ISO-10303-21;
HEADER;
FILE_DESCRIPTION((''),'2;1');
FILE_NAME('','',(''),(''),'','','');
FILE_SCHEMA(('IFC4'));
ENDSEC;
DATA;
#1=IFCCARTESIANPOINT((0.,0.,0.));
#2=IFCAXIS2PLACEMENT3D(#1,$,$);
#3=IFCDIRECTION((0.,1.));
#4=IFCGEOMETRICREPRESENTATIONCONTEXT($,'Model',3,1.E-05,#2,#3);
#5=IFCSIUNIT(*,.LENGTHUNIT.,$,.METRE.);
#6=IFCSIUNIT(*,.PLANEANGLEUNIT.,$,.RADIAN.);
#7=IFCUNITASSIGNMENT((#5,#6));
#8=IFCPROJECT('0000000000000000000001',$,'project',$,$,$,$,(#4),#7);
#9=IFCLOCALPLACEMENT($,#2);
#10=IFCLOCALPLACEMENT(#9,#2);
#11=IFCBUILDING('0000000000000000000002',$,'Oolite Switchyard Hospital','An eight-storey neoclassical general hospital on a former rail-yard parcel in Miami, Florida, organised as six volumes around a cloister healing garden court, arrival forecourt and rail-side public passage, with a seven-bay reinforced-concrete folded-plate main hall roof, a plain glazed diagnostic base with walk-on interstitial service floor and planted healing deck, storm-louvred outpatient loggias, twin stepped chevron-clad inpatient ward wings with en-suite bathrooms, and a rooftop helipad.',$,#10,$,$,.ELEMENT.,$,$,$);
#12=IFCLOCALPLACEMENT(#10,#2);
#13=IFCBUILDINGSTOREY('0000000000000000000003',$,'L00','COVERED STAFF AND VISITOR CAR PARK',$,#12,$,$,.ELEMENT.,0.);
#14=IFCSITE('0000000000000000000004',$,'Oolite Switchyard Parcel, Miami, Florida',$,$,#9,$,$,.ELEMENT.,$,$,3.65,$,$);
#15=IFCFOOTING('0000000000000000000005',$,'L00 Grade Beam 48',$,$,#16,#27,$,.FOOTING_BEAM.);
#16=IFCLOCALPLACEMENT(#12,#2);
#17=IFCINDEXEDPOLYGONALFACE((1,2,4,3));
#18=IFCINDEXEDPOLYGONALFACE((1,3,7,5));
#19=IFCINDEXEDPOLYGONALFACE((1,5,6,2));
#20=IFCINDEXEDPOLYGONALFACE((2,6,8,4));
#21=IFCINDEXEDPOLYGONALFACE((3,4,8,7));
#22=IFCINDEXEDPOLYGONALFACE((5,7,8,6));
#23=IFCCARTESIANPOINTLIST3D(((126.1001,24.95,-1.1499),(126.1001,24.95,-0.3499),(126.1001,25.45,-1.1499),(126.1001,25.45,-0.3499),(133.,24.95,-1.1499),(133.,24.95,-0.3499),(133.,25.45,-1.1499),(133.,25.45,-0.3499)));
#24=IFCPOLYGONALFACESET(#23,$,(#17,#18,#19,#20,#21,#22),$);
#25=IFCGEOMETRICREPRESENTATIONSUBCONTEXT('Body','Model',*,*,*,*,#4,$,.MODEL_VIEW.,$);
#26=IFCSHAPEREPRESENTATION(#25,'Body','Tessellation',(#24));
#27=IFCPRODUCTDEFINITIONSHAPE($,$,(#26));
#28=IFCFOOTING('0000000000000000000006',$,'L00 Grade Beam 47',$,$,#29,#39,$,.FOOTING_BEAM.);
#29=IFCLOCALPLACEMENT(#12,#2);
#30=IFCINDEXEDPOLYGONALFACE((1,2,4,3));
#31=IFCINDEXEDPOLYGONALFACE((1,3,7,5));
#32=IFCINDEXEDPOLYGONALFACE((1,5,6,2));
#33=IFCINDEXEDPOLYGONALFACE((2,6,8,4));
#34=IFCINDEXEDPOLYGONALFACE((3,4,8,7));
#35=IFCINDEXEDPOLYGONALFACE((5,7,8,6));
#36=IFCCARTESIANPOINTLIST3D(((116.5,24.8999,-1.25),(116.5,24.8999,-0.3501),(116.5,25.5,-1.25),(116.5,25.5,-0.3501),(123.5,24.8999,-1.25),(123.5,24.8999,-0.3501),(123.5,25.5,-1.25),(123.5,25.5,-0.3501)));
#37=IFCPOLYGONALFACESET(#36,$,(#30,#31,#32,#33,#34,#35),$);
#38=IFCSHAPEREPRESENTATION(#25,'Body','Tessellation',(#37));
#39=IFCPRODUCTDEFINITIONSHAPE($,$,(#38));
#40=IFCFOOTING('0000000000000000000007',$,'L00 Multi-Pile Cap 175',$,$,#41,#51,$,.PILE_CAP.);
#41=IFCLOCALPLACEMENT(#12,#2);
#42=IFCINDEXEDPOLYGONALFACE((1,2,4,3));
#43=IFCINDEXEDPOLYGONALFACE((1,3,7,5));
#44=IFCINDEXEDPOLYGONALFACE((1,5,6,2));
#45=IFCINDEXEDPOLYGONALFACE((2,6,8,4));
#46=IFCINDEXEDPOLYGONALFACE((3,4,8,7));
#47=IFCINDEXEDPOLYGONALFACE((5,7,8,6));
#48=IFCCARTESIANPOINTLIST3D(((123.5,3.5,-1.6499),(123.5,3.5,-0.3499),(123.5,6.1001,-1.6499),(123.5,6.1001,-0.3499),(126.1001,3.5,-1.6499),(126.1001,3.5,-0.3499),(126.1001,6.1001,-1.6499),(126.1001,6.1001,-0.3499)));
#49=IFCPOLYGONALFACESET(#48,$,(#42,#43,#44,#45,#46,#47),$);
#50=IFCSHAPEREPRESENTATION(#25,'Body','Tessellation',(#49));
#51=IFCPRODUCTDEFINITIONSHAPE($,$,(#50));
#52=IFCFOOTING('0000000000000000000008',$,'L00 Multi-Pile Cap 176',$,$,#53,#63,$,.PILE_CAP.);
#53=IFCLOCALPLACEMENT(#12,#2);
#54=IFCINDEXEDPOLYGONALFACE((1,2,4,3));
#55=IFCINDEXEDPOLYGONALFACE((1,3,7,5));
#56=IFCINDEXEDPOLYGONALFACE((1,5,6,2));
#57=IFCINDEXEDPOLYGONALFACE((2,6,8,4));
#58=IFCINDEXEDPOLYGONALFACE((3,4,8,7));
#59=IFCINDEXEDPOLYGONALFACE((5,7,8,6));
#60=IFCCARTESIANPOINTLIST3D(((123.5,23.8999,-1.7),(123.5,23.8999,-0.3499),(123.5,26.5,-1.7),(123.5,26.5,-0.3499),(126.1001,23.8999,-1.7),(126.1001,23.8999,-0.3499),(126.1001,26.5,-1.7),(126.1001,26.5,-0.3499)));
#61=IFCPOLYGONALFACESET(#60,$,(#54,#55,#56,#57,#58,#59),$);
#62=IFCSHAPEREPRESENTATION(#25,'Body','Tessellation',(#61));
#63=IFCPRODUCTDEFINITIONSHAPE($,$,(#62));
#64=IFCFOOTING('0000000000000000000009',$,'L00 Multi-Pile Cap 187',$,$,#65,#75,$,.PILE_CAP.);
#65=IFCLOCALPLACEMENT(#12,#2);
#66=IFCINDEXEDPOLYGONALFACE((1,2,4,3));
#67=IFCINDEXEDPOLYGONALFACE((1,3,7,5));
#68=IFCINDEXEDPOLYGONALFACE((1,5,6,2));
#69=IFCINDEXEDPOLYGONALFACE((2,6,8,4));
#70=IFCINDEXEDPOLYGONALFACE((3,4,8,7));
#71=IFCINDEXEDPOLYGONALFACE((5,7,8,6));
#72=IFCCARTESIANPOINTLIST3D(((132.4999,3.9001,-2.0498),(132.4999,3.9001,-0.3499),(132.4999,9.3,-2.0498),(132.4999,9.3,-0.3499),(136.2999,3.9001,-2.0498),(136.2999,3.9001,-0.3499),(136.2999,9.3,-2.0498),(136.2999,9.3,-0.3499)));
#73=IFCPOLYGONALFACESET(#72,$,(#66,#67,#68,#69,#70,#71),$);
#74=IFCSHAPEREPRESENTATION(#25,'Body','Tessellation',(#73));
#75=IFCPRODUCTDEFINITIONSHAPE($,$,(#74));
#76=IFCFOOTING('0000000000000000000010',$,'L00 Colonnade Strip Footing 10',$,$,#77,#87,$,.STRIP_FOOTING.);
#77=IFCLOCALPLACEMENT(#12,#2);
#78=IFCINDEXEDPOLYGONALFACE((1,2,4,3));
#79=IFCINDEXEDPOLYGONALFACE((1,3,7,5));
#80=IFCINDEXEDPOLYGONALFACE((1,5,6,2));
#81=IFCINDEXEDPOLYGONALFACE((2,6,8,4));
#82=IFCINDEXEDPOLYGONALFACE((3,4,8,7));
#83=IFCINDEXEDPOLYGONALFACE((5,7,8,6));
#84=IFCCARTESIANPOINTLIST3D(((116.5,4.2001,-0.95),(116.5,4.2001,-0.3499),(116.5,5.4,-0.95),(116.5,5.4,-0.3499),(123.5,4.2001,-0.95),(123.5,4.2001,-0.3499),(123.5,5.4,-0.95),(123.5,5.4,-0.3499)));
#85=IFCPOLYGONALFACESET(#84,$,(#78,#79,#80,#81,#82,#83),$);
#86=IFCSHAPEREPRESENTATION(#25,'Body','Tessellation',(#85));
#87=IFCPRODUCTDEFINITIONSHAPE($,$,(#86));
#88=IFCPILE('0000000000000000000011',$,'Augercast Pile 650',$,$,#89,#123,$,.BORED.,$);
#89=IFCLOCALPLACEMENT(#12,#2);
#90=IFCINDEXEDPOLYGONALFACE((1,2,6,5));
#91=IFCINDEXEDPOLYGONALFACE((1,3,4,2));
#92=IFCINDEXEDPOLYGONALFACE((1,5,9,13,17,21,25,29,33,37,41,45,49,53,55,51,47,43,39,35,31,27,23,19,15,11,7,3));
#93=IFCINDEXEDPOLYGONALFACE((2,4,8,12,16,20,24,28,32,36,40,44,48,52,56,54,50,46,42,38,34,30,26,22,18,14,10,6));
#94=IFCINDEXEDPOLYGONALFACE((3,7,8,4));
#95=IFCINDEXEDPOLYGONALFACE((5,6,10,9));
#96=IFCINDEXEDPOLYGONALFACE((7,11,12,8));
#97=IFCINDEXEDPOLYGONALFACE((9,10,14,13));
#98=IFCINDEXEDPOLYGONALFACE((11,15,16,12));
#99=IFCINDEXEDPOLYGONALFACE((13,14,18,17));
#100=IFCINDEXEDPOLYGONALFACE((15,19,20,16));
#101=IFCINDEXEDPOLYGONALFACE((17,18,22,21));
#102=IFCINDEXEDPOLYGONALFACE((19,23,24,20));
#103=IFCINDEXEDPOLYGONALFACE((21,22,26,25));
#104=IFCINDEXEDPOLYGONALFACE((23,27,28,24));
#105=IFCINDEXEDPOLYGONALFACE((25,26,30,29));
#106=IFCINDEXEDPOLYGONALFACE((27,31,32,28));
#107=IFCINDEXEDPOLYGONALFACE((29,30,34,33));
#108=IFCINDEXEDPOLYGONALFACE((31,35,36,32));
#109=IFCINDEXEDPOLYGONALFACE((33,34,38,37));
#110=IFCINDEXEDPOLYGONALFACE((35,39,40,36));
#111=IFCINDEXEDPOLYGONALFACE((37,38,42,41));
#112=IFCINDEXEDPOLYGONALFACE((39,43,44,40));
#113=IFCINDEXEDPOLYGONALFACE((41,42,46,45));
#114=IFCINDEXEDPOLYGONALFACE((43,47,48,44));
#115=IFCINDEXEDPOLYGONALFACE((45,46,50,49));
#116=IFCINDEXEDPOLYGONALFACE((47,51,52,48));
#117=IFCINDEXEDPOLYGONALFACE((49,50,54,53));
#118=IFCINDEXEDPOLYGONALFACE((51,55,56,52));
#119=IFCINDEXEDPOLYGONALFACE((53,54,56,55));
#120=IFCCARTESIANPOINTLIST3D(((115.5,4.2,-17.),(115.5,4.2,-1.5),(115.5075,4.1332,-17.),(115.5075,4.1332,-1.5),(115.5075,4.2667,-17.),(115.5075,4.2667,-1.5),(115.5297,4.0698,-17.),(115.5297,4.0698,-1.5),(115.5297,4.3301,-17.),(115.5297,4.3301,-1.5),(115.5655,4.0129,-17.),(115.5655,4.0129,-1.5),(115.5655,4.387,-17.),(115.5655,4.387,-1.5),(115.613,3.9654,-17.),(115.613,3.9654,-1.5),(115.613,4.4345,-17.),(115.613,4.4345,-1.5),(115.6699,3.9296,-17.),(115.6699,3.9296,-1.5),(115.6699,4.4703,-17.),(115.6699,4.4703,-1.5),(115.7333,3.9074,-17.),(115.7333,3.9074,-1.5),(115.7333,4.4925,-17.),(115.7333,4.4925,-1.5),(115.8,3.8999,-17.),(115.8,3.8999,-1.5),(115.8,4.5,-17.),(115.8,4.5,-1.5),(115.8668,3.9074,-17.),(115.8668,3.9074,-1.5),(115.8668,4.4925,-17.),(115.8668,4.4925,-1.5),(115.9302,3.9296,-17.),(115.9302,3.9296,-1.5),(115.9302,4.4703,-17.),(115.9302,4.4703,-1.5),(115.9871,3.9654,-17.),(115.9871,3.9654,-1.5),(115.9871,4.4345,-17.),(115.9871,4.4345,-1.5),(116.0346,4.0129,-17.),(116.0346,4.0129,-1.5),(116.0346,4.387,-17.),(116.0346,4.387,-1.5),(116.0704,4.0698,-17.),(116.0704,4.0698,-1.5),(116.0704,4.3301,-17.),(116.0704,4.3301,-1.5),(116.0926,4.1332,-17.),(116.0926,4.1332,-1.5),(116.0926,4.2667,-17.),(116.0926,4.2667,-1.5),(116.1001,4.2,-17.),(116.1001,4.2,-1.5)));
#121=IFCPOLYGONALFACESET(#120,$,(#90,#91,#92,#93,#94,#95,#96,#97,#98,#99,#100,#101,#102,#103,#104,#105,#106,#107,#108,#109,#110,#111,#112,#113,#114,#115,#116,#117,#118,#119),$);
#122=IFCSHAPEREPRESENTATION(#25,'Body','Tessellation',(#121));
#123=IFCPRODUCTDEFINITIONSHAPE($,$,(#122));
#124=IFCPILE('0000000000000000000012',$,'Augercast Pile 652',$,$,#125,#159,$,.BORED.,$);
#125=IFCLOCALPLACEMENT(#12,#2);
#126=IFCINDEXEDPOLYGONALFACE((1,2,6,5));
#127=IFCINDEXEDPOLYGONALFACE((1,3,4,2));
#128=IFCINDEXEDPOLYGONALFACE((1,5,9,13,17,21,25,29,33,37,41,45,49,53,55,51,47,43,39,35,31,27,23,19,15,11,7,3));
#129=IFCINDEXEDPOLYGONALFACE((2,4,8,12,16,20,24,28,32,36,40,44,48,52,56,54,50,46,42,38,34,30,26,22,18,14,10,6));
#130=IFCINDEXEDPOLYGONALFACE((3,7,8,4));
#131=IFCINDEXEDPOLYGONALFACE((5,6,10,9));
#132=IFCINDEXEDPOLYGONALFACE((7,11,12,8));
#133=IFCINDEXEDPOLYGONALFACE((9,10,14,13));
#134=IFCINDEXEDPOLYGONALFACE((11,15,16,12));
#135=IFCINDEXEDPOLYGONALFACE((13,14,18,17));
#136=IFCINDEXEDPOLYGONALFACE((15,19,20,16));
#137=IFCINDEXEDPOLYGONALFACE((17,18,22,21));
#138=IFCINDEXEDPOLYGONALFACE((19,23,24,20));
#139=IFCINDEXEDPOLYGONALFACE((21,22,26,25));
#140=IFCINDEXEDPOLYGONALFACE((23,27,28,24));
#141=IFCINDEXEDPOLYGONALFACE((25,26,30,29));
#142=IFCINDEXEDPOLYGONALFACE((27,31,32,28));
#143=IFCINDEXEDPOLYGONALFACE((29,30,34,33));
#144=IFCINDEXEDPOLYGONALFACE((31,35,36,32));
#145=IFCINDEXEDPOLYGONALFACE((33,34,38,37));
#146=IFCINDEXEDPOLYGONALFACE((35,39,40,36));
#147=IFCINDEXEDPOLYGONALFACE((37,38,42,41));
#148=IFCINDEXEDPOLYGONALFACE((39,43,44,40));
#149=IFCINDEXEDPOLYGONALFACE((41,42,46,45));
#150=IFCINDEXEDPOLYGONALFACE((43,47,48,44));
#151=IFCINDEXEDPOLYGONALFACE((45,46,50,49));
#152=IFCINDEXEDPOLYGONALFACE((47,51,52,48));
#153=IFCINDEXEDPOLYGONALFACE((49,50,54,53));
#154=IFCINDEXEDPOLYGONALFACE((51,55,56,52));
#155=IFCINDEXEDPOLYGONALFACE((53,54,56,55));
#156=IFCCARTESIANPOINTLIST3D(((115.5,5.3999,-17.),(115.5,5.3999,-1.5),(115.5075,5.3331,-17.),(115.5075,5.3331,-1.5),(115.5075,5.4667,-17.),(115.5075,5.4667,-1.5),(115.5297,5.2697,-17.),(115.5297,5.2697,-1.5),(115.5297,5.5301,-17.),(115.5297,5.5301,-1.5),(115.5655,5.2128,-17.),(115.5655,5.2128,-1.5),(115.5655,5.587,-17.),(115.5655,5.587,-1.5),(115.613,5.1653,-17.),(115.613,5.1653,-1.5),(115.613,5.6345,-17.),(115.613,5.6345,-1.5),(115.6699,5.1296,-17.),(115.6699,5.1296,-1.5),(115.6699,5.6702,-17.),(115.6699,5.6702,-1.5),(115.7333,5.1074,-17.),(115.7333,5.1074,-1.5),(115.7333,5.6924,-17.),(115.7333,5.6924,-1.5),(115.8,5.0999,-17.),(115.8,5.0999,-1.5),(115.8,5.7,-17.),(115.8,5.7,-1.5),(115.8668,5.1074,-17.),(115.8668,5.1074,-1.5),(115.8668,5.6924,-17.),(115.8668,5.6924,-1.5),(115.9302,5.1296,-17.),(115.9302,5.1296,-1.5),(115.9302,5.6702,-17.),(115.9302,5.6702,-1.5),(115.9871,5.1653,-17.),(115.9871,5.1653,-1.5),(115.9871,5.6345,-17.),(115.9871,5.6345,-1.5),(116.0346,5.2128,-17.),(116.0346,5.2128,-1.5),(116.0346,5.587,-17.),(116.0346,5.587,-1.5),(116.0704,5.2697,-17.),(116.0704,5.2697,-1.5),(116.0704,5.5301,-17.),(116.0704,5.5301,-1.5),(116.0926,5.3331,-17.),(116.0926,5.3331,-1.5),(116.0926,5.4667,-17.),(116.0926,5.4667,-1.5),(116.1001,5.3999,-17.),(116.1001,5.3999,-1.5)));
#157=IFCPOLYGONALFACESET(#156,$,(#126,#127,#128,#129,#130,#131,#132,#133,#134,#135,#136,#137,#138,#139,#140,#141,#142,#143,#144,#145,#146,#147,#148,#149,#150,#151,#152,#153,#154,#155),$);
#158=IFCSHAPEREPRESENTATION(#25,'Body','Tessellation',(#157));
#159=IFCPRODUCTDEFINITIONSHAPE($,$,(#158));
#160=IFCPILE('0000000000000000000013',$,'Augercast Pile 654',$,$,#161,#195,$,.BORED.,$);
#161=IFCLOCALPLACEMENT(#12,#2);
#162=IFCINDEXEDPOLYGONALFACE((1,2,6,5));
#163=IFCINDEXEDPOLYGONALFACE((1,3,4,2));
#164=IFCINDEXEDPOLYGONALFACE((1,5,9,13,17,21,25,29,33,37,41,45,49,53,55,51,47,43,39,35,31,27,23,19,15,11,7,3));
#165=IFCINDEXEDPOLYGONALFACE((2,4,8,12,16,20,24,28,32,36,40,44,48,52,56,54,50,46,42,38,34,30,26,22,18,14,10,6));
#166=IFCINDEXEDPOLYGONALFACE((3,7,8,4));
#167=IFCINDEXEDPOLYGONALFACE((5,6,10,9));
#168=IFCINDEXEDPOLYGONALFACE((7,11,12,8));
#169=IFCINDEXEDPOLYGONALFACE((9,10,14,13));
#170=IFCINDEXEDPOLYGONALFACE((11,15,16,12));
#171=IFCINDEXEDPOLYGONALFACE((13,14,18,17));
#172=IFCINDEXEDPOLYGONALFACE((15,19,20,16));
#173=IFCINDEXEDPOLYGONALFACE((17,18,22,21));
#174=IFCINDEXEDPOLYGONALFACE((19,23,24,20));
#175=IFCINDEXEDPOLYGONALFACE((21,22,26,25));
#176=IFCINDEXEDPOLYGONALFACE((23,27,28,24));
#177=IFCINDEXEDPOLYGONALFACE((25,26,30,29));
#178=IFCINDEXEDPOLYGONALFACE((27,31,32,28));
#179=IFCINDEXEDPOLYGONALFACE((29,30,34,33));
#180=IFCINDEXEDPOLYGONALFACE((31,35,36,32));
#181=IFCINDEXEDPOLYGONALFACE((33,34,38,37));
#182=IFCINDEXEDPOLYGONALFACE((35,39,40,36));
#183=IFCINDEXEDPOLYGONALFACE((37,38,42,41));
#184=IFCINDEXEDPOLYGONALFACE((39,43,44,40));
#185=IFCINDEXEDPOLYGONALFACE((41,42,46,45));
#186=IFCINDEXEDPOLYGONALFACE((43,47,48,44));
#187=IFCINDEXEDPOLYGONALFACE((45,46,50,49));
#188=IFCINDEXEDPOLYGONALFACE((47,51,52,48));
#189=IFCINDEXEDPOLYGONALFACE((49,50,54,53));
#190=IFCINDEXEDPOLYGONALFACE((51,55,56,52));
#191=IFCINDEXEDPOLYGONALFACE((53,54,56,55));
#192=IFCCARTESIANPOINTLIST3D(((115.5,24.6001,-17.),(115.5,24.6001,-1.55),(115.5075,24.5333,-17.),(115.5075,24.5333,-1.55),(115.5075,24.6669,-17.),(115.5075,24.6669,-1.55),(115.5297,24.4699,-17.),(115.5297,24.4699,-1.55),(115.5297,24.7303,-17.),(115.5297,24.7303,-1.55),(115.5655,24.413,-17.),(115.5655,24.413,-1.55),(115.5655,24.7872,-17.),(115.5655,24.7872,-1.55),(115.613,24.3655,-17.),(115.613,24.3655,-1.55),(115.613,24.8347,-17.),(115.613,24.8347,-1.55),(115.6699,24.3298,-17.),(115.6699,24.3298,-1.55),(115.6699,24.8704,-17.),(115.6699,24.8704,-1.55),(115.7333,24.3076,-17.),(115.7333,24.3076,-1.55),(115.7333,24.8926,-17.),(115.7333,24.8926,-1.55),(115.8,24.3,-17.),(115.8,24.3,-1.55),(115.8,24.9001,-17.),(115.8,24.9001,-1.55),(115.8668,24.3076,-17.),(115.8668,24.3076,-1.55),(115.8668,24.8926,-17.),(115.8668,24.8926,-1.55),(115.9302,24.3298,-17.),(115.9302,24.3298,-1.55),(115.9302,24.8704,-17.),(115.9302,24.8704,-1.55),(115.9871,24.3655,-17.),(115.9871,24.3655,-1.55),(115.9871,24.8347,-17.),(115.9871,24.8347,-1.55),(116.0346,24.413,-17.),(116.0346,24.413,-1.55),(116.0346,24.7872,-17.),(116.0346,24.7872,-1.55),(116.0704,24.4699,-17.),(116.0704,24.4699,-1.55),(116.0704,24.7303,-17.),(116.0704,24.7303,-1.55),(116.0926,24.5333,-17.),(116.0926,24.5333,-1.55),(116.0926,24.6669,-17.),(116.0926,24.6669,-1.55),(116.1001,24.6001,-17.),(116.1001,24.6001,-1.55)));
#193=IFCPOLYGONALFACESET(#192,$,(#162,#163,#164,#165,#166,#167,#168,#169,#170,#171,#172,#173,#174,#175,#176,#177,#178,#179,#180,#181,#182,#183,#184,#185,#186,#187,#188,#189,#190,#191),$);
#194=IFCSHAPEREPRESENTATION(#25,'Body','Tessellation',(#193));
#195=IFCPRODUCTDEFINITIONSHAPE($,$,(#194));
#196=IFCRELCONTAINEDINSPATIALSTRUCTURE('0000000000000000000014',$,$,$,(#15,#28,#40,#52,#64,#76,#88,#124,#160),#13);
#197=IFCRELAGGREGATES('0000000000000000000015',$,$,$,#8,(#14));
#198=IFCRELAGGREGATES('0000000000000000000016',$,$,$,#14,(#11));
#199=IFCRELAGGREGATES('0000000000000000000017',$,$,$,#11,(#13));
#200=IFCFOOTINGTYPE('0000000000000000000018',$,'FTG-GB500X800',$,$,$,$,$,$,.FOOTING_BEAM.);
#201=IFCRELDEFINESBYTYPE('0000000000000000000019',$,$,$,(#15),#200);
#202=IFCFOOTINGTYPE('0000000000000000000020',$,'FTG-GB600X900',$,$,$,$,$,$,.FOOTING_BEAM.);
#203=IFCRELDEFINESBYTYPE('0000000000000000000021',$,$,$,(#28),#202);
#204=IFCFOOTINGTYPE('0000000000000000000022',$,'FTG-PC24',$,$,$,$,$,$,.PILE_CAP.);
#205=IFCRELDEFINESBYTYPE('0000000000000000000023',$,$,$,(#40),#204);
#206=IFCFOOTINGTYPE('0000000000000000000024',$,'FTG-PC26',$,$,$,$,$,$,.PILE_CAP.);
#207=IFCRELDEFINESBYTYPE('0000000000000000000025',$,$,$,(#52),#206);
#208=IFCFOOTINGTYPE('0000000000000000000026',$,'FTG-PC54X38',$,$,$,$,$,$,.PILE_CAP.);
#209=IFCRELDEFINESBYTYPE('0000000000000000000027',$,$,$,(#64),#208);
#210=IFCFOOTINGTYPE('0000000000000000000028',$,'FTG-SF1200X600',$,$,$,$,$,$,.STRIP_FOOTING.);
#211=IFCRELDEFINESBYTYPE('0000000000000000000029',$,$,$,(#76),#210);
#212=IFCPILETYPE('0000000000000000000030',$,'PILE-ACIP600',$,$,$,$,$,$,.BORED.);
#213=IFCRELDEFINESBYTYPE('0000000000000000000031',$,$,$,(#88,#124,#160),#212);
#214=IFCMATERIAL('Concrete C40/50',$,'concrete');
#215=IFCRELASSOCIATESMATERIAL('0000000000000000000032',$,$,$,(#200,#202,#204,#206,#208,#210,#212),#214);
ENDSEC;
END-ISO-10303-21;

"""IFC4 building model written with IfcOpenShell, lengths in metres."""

from ifc_helpers import new_model, si_unit, direction, frame, origin, origin_2d, place, context, subcontext, project, spatial, rectangle, circle, extrude, material, material_profile, profile_set, type_object, element, save


model = new_model("IFC4")

# Units and contexts
model_context = context("Model", 3, precision=1e-05, world=origin(), true_north=direction((0.0, 1.0)))
body_context = subcontext(model_context, "Body", "Model", "MODEL_VIEW")
ifc_project = project(units=[si_unit("LENGTHUNIT", "METRE"), si_unit("PLANEANGLEUNIT", "RADIAN")], contexts=[model_context])

# Site, building, storey
site_placement = place(None, origin())
site = spatial("IfcSite", under=ifc_project, at=site_placement, Name="Oolite Switchyard Parcel, Miami, Florida", CompositionType="ELEMENT", RefElevation=3.65)
building_placement = place(site_placement, origin())
building = spatial("IfcBuilding", under=site, at=building_placement, Name="Oolite Switchyard Hospital", Description="An eight-storey neoclassical general hospital on a former rail-yard parcel in Miami, Florida, organised as six volumes around a cloister healing garden court, arrival forecourt and rail-side public passage, with a seven-bay reinforced-concrete folded-plate main hall roof, a plain glazed diagnostic base with walk-on interstitial service floor and planted healing deck, storm-louvred outpatient loggias, twin stepped chevron-clad inpatient ward wings with en-suite bathrooms, and a rooftop helipad.", CompositionType="ELEMENT")
storey_placement = place(building_placement, origin())
storey = spatial("IfcBuildingStorey", under=building, at=storey_placement, Name="L00", Description="COVERED STAFF AND VISITOR CAR PARK", CompositionType="ELEMENT", Elevation=0.0)

# Footings
ifc_material_1 = material(Name="Concrete C40/50", Category="concrete")
footing_type_1 = type_object("IfcFootingType", Name="FTG-GB500X800", PredefinedType="FOOTING_BEAM", material=ifc_material_1)
footing_1_placement = place(storey_placement, frame((129.55, 25.2, -1.1499), z_axis=(0.0, 0.0, 1.0), x_axis=(1.0, 0.0, 0.0)))
element("IfcFooting", 1, at=footing_1_placement, inside=storey, type_object=footing_type_1, Name="L00 Grade Beam 48", PredefinedType="FOOTING_BEAM", context=body_context, shape_type="SweptSolid", body=[
    extrude(rectangle(XDim=6.8999, YDim=0.5, at=origin_2d()), origin(), (0.0, 0.0, 1.0), 0.8),
])
footing_type_2 = type_object("IfcFootingType", Name="FTG-GB600X900", PredefinedType="FOOTING_BEAM", material=ifc_material_1)
footing_2_placement = place(storey_placement, frame((120.0, 25.2, -1.25), z_axis=(0.0, 0.0, 1.0), x_axis=(1.0, 0.0, 0.0)))
element("IfcFooting", 2, at=footing_2_placement, inside=storey, type_object=footing_type_2, Name="L00 Grade Beam 47", PredefinedType="FOOTING_BEAM", context=body_context, shape_type="SweptSolid", body=[
    extrude(rectangle(XDim=7.0, YDim=0.6001, at=origin_2d()), origin(), (0.0, 0.0, 1.0), 0.8999),
])
footing_type_3 = type_object("IfcFootingType", Name="FTG-PC24", PredefinedType="PILE_CAP", material=ifc_material_1)
footing_3_placement = place(storey_placement, frame((124.8, 4.8, -1.6499), z_axis=(0.0, 0.0, 1.0), x_axis=(1.0, 0.0, 0.0)))
element("IfcFooting", 3, at=footing_3_placement, inside=storey, type_object=footing_type_3, Name="L00 Multi-Pile Cap 175", PredefinedType="PILE_CAP", context=body_context, shape_type="SweptSolid", body=[
    extrude(rectangle(XDim=2.6001, YDim=2.6001, at=origin_2d()), origin(), (0.0, 0.0, 1.0), 1.3),
])
footing_type_4 = type_object("IfcFootingType", Name="FTG-PC26", PredefinedType="PILE_CAP", material=ifc_material_1)
footing_4_placement = place(storey_placement, frame((124.8, 25.2, -1.7), z_axis=(0.0, 0.0, 1.0), x_axis=(1.0, 0.0, 0.0)))
element("IfcFooting", 4, at=footing_4_placement, inside=storey, type_object=footing_type_4, Name="L00 Multi-Pile Cap 176", PredefinedType="PILE_CAP", context=body_context, shape_type="SweptSolid", body=[
    extrude(rectangle(XDim=2.6001, YDim=2.6001, at=origin_2d()), origin(), (0.0, 0.0, 1.0), 1.3501),
])
footing_type_5 = type_object("IfcFootingType", Name="FTG-PC54X38", PredefinedType="PILE_CAP", material=ifc_material_1)
footing_5_placement = place(storey_placement, frame((134.3999, 6.6001, -2.0498), z_axis=(0.0, 0.0, 1.0), x_axis=(0.0, 1.0, 0.0)))
element("IfcFooting", 5, at=footing_5_placement, inside=storey, type_object=footing_type_5, Name="L00 Multi-Pile Cap 187", PredefinedType="PILE_CAP", context=body_context, shape_type="SweptSolid", body=[
    extrude(rectangle(XDim=5.3999, YDim=3.8, at=origin_2d()), origin(), (0.0, 0.0, 1.0), 1.7),
])
footing_type_6 = type_object("IfcFootingType", Name="FTG-SF1200X600", PredefinedType="STRIP_FOOTING", material=ifc_material_1)
footing_6_placement = place(storey_placement, frame((120.0, 4.8, -0.95), z_axis=(0.0, 0.0, 1.0), x_axis=(1.0, 0.0, 0.0)))
element("IfcFooting", 6, at=footing_6_placement, inside=storey, type_object=footing_type_6, Name="L00 Colonnade Strip Footing 10", PredefinedType="STRIP_FOOTING", context=body_context, shape_type="SweptSolid", body=[
    extrude(rectangle(XDim=7.0, YDim=1.2, at=origin_2d()), origin(), (0.0, 0.0, 1.0), 0.6001),
])

# Piles
ifc_material_profile_1 = material_profile(ifc_material_1, circle(Radius=0.3, at=origin_2d()), Name="PILE600")
ifc_profile_set_1 = profile_set([ifc_material_profile_1], Name="Concrete C40/50")
pile_type_1 = type_object("IfcPileType", Name="PILE-ACIP600", PredefinedType="BORED", material=ifc_profile_set_1)
for number, where, z_axis, x_axis, name in (
    (7, (115.8, 4.2, -1.5), (0.0, 0.0, -1.0), (1.0, 0.0, 0.0), "Augercast Pile 650"),
    (8, (115.8, 5.3999, -1.5), (0.0, 0.0, -1.0), (1.0, 0.0, 0.0), "Augercast Pile 652"),
):
    element("IfcPile", number, at=place(storey_placement, frame(where, z_axis=z_axis, x_axis=x_axis)), inside=storey, type_object=pile_type_1, Name=name, PredefinedType="BORED", context=body_context, shape_type="SweptSolid", body=[
        extrude(circle(Radius=0.3, at=origin_2d()), origin(), (0.0, 0.0, 1.0), 15.5),
    ])
pile_1_placement = place(storey_placement, frame((115.8, 24.6001, -1.55), z_axis=(0.0, 0.0, -1.0), x_axis=(1.0, 0.0, 0.0)))
element("IfcPile", 9, at=pile_1_placement, inside=storey, type_object=pile_type_1, Name="Augercast Pile 654", PredefinedType="BORED", context=body_context, shape_type="SweptSolid", body=[
    extrude(circle(Radius=0.3, at=origin_2d()), origin(), (0.0, 0.0, 1.0), 15.45),
])

save(model, "model.ifc")
